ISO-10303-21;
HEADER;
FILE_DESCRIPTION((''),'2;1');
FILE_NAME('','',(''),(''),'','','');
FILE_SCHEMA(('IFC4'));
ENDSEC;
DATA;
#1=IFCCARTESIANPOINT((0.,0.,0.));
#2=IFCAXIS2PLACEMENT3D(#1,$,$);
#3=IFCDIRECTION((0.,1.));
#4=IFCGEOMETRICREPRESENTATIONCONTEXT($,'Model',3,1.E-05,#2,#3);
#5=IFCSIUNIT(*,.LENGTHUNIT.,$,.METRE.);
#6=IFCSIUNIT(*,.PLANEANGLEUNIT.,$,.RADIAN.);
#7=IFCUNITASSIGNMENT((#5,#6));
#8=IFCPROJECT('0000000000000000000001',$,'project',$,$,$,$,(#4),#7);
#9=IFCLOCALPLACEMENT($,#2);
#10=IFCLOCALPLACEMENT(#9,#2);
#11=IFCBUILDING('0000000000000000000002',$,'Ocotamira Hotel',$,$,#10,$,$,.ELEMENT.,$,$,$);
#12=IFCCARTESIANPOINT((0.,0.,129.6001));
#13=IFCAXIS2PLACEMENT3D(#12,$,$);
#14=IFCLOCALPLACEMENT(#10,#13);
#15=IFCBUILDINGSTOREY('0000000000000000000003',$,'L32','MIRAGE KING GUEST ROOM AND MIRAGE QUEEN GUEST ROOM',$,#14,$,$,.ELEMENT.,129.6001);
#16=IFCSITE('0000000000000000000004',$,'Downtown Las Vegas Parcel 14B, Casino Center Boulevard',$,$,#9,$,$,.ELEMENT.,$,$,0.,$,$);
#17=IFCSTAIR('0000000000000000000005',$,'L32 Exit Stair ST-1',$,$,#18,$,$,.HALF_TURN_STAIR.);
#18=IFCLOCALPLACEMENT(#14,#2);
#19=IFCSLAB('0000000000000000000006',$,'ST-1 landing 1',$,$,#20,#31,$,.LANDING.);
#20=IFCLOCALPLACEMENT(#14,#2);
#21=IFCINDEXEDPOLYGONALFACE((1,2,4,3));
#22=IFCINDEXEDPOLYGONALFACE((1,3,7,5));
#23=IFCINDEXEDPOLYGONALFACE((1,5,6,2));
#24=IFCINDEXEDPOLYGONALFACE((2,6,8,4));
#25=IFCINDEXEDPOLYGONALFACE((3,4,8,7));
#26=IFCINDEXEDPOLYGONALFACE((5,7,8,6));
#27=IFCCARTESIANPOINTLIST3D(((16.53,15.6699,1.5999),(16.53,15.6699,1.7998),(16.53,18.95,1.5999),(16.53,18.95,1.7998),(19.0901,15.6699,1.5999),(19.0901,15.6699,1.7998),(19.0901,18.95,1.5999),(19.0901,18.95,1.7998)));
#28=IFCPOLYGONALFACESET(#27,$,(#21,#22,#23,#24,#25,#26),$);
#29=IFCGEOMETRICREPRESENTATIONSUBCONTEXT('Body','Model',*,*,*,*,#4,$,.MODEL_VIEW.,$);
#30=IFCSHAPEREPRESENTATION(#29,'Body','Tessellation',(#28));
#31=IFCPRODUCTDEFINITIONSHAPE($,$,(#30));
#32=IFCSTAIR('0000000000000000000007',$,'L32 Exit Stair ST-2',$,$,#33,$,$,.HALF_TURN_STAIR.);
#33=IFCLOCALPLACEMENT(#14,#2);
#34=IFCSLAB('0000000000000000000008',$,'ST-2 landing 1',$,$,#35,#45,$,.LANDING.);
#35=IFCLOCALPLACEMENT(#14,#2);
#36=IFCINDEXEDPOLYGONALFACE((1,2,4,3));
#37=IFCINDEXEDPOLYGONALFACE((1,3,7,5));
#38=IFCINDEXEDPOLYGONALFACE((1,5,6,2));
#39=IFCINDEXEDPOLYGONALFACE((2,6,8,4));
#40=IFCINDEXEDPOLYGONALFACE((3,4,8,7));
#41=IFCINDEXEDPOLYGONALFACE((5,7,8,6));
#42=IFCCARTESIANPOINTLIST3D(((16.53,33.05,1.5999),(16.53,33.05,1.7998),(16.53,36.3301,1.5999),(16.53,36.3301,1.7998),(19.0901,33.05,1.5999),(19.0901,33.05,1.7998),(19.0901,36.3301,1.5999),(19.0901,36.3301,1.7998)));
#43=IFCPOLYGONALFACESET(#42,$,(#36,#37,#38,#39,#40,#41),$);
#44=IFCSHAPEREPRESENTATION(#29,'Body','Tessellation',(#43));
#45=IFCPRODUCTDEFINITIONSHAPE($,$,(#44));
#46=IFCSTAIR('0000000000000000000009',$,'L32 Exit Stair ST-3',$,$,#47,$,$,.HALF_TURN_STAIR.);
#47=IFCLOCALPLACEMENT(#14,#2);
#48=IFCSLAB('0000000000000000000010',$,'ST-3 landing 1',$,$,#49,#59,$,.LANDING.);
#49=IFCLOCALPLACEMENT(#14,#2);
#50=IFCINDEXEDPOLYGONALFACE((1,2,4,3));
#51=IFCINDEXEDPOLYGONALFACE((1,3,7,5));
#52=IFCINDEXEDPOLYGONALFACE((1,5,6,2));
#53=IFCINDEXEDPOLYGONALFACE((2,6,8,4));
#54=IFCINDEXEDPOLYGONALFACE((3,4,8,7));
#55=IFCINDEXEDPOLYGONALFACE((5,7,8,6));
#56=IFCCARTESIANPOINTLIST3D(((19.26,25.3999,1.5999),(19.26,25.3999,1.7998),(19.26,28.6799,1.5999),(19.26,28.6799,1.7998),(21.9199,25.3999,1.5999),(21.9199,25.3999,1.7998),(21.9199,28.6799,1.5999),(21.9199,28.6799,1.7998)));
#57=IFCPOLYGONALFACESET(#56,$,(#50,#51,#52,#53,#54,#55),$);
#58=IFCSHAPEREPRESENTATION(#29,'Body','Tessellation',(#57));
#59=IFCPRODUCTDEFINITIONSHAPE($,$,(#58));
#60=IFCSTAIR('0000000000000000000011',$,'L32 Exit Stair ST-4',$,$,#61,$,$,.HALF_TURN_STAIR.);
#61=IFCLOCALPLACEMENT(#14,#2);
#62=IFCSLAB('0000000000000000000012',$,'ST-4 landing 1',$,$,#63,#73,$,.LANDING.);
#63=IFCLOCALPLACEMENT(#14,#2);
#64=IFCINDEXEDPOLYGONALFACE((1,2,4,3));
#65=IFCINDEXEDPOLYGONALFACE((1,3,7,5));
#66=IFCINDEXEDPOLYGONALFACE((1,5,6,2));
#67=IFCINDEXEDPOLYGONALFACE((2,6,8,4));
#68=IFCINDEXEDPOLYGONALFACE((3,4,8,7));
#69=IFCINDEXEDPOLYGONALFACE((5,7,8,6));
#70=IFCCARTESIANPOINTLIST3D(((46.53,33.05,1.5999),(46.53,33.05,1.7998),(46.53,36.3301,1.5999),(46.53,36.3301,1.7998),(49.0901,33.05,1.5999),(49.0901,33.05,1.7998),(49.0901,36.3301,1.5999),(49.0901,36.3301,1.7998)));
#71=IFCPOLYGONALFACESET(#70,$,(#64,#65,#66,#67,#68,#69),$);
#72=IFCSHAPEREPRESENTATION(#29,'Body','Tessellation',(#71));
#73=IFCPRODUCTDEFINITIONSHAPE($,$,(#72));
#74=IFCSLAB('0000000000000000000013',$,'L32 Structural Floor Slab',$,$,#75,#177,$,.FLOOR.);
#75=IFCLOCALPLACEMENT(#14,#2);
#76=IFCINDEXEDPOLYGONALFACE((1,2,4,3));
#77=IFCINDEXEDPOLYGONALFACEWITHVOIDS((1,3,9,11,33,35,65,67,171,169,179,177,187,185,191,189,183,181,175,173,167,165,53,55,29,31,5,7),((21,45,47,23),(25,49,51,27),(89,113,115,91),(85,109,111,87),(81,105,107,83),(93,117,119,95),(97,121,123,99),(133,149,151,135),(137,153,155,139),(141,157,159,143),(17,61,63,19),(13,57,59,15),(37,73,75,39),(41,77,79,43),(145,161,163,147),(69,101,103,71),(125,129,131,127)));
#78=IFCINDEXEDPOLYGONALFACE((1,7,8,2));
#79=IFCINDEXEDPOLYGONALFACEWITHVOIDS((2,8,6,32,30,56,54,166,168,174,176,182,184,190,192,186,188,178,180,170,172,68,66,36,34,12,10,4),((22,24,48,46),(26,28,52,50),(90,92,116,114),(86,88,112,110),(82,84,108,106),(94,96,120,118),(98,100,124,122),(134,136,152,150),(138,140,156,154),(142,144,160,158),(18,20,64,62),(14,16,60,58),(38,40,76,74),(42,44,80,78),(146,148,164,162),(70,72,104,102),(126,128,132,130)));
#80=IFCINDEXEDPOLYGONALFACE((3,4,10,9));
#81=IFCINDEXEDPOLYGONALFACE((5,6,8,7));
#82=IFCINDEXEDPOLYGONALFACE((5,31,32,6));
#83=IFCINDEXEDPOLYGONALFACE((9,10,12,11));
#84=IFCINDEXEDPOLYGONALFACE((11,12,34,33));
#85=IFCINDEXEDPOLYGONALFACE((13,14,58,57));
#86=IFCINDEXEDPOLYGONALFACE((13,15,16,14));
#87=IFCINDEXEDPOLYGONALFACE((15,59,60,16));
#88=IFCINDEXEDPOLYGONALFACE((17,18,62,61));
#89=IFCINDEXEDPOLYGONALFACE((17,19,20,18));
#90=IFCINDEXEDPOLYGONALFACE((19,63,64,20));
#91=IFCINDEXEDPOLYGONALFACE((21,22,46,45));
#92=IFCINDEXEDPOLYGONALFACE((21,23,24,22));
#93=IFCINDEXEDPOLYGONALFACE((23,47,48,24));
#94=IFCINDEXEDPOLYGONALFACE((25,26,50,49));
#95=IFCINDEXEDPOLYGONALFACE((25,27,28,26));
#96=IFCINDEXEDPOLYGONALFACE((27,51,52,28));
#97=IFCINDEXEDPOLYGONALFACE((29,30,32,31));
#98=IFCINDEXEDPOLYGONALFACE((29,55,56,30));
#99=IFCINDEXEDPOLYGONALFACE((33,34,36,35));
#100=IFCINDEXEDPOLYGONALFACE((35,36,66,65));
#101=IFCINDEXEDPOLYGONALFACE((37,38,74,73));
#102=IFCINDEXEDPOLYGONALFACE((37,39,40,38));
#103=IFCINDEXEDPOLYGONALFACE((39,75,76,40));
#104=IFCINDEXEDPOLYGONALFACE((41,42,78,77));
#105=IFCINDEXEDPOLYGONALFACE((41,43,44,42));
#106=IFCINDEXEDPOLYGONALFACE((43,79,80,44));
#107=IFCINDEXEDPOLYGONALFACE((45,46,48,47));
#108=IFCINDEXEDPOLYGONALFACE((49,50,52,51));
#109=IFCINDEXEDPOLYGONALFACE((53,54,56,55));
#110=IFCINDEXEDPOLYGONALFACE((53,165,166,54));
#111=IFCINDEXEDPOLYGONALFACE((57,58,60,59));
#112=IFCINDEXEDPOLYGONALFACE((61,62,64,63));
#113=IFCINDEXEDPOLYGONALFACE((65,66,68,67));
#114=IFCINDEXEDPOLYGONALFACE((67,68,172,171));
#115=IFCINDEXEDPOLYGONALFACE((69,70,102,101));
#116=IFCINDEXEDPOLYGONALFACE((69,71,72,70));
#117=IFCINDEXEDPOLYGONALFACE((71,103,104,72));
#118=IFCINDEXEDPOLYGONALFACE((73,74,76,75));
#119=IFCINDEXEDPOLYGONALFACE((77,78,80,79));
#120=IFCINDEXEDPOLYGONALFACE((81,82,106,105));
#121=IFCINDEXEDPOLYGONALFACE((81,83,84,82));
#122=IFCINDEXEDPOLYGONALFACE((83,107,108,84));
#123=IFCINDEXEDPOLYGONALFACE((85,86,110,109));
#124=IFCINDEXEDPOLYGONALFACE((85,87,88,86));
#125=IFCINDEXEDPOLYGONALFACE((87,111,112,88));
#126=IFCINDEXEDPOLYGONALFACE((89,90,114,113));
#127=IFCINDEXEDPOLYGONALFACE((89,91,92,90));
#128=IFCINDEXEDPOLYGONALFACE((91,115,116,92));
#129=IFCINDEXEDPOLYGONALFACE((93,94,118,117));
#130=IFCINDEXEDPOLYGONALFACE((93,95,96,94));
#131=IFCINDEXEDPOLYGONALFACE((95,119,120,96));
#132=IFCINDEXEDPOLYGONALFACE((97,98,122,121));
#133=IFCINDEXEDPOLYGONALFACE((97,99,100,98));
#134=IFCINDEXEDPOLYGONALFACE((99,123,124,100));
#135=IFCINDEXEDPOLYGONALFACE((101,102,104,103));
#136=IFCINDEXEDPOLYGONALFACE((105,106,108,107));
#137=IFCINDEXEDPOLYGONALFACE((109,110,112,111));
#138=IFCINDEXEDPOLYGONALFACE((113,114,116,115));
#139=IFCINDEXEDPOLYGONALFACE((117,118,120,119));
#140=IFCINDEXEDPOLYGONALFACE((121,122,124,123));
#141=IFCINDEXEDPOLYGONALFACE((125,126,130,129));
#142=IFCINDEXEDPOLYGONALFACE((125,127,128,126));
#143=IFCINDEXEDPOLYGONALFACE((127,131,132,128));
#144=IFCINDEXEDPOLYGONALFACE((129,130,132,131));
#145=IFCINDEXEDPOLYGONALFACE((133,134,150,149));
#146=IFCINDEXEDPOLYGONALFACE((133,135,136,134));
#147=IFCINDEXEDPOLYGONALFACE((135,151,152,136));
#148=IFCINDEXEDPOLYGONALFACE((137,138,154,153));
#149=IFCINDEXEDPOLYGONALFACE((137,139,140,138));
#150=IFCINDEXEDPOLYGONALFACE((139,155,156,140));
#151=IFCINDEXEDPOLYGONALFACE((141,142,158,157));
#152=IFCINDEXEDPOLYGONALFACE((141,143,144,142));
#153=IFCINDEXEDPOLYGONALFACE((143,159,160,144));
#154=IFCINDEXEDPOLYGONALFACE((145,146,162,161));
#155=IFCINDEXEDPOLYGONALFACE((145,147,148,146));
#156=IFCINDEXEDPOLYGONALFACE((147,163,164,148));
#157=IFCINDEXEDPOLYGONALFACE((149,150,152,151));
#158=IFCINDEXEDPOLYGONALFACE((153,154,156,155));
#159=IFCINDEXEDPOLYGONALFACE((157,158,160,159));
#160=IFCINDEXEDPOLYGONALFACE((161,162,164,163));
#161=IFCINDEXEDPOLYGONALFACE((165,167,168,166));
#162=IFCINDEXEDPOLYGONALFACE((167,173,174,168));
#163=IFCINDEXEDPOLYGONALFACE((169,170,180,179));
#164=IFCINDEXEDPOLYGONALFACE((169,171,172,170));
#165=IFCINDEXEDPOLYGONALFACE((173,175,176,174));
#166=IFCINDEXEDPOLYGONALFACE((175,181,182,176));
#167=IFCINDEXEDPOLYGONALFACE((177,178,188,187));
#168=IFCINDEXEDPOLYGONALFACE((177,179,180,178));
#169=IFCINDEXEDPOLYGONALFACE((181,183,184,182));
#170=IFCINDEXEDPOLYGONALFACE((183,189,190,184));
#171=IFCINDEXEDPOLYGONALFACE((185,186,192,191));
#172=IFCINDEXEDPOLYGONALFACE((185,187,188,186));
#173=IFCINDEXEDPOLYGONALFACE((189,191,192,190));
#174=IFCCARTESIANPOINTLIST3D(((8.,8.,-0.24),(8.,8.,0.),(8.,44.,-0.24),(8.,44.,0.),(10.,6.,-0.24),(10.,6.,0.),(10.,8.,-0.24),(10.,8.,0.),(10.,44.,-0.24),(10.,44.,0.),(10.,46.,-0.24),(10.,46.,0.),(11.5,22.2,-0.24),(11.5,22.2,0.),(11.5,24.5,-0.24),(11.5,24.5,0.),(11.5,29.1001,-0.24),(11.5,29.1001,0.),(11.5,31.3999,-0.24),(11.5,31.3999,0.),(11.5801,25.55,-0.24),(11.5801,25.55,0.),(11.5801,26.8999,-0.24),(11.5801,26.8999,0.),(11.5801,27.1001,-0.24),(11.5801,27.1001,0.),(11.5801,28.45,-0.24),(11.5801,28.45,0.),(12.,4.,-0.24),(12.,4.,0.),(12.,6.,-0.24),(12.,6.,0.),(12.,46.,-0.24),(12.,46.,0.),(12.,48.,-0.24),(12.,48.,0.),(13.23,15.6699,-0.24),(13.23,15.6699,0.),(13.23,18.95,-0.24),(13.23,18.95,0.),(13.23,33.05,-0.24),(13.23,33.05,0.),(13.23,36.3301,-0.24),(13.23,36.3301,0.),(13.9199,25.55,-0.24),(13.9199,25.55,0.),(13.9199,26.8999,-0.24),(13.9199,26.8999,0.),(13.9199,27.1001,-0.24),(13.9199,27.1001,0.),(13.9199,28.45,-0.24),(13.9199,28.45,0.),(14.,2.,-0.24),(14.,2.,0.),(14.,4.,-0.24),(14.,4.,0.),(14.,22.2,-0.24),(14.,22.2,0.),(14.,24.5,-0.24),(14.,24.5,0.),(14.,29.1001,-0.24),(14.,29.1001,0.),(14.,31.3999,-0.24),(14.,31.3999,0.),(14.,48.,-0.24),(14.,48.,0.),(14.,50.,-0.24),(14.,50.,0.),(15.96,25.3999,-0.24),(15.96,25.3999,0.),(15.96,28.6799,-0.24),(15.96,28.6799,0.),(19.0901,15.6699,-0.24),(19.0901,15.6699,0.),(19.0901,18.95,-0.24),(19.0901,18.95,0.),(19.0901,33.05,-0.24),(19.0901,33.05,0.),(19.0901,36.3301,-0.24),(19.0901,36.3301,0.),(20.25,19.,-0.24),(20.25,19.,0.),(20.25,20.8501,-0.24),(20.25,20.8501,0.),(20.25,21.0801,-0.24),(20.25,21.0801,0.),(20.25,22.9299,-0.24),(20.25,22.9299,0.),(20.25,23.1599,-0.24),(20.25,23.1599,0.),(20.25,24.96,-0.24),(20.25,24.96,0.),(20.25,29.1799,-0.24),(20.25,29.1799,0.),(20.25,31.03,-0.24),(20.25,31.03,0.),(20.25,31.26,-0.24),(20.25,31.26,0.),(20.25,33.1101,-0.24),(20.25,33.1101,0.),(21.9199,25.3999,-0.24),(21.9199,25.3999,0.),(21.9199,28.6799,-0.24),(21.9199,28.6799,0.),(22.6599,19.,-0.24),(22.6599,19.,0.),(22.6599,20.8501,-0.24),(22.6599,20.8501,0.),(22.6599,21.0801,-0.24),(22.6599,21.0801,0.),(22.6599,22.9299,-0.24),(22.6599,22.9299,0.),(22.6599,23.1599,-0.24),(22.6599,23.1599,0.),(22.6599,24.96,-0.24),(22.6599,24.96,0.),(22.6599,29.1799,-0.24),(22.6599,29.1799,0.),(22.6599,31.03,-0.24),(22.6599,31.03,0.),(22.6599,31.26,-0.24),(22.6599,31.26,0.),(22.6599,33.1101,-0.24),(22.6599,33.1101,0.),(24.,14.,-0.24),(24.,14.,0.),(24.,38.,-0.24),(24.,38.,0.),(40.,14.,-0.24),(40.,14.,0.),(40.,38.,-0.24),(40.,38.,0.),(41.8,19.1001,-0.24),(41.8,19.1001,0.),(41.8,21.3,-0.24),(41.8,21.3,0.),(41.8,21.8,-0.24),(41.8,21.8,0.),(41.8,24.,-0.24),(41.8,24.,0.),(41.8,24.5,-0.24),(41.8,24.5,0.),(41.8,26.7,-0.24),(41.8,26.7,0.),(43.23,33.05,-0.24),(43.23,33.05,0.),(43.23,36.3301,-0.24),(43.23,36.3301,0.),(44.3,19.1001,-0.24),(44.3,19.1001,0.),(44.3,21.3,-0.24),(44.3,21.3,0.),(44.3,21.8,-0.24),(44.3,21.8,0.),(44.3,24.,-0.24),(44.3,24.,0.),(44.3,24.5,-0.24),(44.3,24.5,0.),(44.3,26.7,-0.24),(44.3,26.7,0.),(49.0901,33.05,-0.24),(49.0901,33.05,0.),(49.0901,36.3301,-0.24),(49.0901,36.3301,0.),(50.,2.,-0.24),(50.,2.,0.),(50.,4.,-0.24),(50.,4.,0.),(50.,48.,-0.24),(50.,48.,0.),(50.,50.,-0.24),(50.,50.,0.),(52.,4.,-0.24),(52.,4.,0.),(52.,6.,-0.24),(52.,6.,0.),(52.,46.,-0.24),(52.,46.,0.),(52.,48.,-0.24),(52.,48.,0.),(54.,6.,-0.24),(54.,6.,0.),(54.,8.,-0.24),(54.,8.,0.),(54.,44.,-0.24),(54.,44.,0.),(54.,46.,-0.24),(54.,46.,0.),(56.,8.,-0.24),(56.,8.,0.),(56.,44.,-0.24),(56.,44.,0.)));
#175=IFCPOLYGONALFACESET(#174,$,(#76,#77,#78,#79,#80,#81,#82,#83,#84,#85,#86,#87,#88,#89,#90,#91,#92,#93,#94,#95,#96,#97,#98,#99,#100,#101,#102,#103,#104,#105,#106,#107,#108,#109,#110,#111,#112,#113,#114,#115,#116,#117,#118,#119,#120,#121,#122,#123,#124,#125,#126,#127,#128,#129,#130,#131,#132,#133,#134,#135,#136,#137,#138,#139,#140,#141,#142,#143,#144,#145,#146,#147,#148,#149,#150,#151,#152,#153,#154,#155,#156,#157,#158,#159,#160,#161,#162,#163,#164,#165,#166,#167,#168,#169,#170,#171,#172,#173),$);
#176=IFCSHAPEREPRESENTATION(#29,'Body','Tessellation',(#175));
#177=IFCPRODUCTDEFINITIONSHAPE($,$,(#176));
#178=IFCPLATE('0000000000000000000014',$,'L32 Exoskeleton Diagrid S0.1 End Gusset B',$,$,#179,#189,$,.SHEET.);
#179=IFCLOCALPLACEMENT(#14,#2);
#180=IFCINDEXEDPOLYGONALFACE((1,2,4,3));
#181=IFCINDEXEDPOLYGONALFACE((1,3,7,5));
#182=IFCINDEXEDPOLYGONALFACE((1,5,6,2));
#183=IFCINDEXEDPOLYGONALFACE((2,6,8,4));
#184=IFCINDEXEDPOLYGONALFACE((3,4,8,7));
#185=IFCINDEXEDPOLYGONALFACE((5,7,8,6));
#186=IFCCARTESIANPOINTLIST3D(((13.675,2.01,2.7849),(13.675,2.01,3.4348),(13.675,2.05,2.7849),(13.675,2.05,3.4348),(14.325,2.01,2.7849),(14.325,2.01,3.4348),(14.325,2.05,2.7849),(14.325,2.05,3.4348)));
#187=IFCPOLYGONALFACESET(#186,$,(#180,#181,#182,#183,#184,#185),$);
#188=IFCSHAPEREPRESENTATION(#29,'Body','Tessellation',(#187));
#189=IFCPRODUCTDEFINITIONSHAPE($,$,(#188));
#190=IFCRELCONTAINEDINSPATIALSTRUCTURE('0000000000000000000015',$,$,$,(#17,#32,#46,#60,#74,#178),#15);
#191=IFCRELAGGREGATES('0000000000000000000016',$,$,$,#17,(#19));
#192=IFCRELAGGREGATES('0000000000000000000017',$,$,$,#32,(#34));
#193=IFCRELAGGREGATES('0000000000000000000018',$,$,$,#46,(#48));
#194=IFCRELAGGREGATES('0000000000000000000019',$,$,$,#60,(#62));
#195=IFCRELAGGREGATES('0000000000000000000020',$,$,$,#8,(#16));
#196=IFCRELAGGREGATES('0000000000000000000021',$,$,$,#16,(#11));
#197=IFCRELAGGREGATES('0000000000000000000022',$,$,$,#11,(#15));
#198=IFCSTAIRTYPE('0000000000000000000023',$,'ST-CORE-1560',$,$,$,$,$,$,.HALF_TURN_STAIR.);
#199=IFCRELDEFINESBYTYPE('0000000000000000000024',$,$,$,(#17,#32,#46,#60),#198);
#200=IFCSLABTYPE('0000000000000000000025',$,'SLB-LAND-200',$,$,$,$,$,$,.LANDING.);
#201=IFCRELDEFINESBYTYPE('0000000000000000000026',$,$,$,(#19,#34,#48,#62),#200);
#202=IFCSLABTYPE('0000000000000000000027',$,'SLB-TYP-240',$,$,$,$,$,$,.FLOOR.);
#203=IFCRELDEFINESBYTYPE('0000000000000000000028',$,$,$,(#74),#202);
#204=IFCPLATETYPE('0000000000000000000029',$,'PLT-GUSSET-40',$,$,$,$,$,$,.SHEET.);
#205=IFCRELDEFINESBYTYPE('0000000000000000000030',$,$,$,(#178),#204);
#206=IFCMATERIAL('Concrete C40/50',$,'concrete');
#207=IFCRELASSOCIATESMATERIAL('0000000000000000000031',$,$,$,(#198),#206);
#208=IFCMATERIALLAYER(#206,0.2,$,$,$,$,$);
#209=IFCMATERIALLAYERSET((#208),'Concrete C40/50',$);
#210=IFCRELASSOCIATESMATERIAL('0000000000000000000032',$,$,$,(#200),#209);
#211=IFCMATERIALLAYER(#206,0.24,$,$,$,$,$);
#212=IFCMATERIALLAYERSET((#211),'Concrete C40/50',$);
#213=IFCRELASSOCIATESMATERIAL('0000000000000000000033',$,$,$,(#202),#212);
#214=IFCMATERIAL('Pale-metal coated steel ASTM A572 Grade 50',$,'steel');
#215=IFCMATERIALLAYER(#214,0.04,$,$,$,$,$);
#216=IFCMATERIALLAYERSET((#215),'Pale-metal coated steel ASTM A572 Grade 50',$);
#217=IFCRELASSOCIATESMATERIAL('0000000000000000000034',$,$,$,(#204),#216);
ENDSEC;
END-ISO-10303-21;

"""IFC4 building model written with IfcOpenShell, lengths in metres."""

from ifc_helpers import new_model, si_unit, direction, frame, origin, origin_2d, place, context, subcontext, project, spatial, polyline, rectangle, outline, extrude, source, transform, mapped, material, layer, layer_set, type_object, element, aggregate, save


model = new_model("IFC4")

# Units and contexts
model_context = context("Model", 3, precision=1e-05, world=origin(), true_north=direction((0.0, 1.0)))
body_context = subcontext(model_context, "Body", "Model", "MODEL_VIEW")
ifc_project = project(units=[si_unit("LENGTHUNIT", "METRE"), si_unit("PLANEANGLEUNIT", "RADIAN")], contexts=[model_context])

# Site, building, storey
site_placement = place(None, origin())
site = spatial("IfcSite", under=ifc_project, at=site_placement, Name="Downtown Las Vegas Parcel 14B, Casino Center Boulevard", CompositionType="ELEMENT", RefElevation=0.0)
building_placement = place(site_placement, origin())
building = spatial("IfcBuilding", under=site, at=building_placement, Name="Ocotamira Hotel", CompositionType="ELEMENT")
storey_placement = place(building_placement, frame((0.0, 0.0, 129.6001)))
storey = spatial("IfcBuildingStorey", under=building, at=storey_placement, Name="L32", Description="MIRAGE KING GUEST ROOM AND MIRAGE QUEEN GUEST ROOM", CompositionType="ELEMENT", Elevation=129.6001)

# Stairs, slabs
ifc_material_1 = material(Name="Concrete C40/50", Category="concrete")
stair_type = type_object("IfcStairType", Name="ST-CORE-1560", PredefinedType="HALF_TURN_STAIR", material=ifc_material_1)
stair_1_placement = place(storey_placement, origin())
stair_1 = element("IfcStair", 1, at=stair_1_placement, inside=storey, type_object=stair_type, Name="L32 Exit Stair ST-1", PredefinedType="HALF_TURN_STAIR")
ifc_layer_1 = layer(ifc_material_1, 0.2)
ifc_layer_set_1 = layer_set([ifc_layer_1], Name="Concrete C40/50")
slab_type_1 = type_object("IfcSlabType", Name="SLB-LAND-200", PredefinedType="LANDING", material=ifc_layer_set_1)
slab_1_placement = place(storey_placement, frame((0.0, 0.0, 1.5999)))
slab_1 = element("IfcSlab", 2, at=slab_1_placement, type_object=slab_type_1, Name="ST-1 landing 1", PredefinedType="LANDING", context=body_context, shape_type="SweptSolid", body=[
    extrude(outline(polyline([(16.53, 15.6699), (19.0901, 15.6699), (19.0901, 18.95), (16.53, 18.95), (16.53, 15.6699)])), origin(), (0.0, 0.0, 1.0), 0.2),
])
aggregate(stair_1, [slab_1])
stair_2_placement = place(storey_placement, origin())
stair_2 = element("IfcStair", 3, at=stair_2_placement, inside=storey, type_object=stair_type, Name="L32 Exit Stair ST-2", PredefinedType="HALF_TURN_STAIR")
slab_2_placement = place(storey_placement, frame((0.0, 0.0, 1.5999)))
slab_2 = element("IfcSlab", 4, at=slab_2_placement, type_object=slab_type_1, Name="ST-2 landing 1", PredefinedType="LANDING", context=body_context, shape_type="SweptSolid", body=[
    extrude(outline(polyline([(16.53, 33.05), (19.0901, 33.05), (19.0901, 36.3301), (16.53, 36.3301), (16.53, 33.05)])), origin(), (0.0, 0.0, 1.0), 0.2),
])
aggregate(stair_2, [slab_2])
stair_3_placement = place(storey_placement, origin())
stair_3 = element("IfcStair", 5, at=stair_3_placement, inside=storey, type_object=stair_type, Name="L32 Exit Stair ST-3", PredefinedType="HALF_TURN_STAIR")
slab_3_placement = place(storey_placement, frame((0.0, 0.0, 1.5999)))
slab_3 = element("IfcSlab", 6, at=slab_3_placement, type_object=slab_type_1, Name="ST-3 landing 1", PredefinedType="LANDING", context=body_context, shape_type="SweptSolid", body=[
    extrude(outline(polyline([(19.26, 25.3999), (21.9199, 25.3999), (21.9199, 28.6799), (19.26, 28.6799), (19.26, 25.3999)])), origin(), (0.0, 0.0, 1.0), 0.2),
])
aggregate(stair_3, [slab_3])
stair_4_placement = place(storey_placement, origin())
stair_4 = element("IfcStair", 7, at=stair_4_placement, inside=storey, type_object=stair_type, Name="L32 Exit Stair ST-4", PredefinedType="HALF_TURN_STAIR")
slab_4_placement = place(storey_placement, frame((0.0, 0.0, 1.5999)))
slab_4 = element("IfcSlab", 8, at=slab_4_placement, type_object=slab_type_1, Name="ST-4 landing 1", PredefinedType="LANDING", context=body_context, shape_type="SweptSolid", body=[
    extrude(outline(polyline([(46.53, 33.05), (49.0901, 33.05), (49.0901, 36.3301), (46.53, 36.3301), (46.53, 33.05)])), origin(), (0.0, 0.0, 1.0), 0.2),
])
aggregate(stair_4, [slab_4])

# Slab
ifc_layer_2 = layer(ifc_material_1, 0.24)
ifc_layer_set_2 = layer_set([ifc_layer_2], Name="Concrete C40/50")
slab_type_2 = type_object("IfcSlabType", Name="SLB-TYP-240", PredefinedType="FLOOR", material=ifc_layer_set_2)
slab_5_placement = place(storey_placement, frame((0.0, 0.0, -0.24)))
element("IfcSlab", 9, at=slab_5_placement, inside=storey, type_object=slab_type_2, Name="L32 Structural Floor Slab", PredefinedType="FLOOR", context=body_context, shape_type="SweptSolid", body=[
    extrude(outline(polyline([(14.0, 2.0), (50.0, 2.0), (50.0, 4.0), (52.0, 4.0), (52.0, 6.0), (54.0, 6.0), (54.0, 8.0), (56.0, 8.0), (56.0, 44.0), (54.0, 44.0), (54.0, 46.0), (52.0, 46.0), (52.0, 48.0), (50.0, 48.0), (50.0, 50.0), (14.0, 50.0), (14.0, 48.0), (12.0, 48.0), (12.0, 46.0), (10.0, 46.0), (10.0, 44.0), (8.0, 44.0), (8.0, 8.0), (10.0, 8.0), (10.0, 6.0), (12.0, 6.0), (12.0, 4.0), (14.0, 4.0), (14.0, 2.0)]), holes=[polyline([(24.0, 14.0), (40.0, 14.0), (40.0, 38.0), (24.0, 38.0), (24.0, 14.0)]), polyline([(13.23, 15.6699), (19.0901, 15.6699), (19.0901, 18.95), (13.23, 18.95), (13.23, 15.6699)]), polyline([(13.23, 33.05), (19.0901, 33.05), (19.0901, 36.3301), (13.23, 36.3301), (13.23, 33.05)]), polyline([(15.96, 25.3999), (21.9199, 25.3999), (21.9199, 28.6799), (15.96, 28.6799), (15.96, 25.3999)]), polyline([(43.23, 33.05), (49.0901, 33.05), (49.0901, 36.3301), (43.23, 36.3301), (43.23, 33.05)]), polyline([(41.8, 19.1001), (44.3, 19.1001), (44.3, 21.3), (41.8, 21.3), (41.8, 19.1001)]), polyline([(41.8, 21.8), (44.3, 21.8), (44.3, 24.0), (41.8, 24.0), (41.8, 21.8)]), polyline([(41.8, 24.5), (44.3, 24.5), (44.3, 26.7), (41.8, 26.7), (41.8, 24.5)]), polyline([(20.25, 19.0), (22.6599, 19.0), (22.6599, 20.8501), (20.25, 20.8501), (20.25, 19.0)]), polyline([(20.25, 21.0801), (22.6599, 21.0801), (22.6599, 22.9299), (20.25, 22.9299), (20.25, 21.0801)]), polyline([(20.25, 23.1599), (22.6599, 23.1599), (22.6599, 24.96), (20.25, 24.96), (20.25, 23.1599)]), polyline([(20.25, 29.1799), (22.6599, 29.1799), (22.6599, 31.03), (20.25, 31.03), (20.25, 29.1799)]), polyline([(20.25, 31.26), (22.6599, 31.26), (22.6599, 33.1101), (20.25, 33.1101), (20.25, 31.26)]), polyline([(11.5, 22.2), (14.0, 22.2), (14.0, 24.5), (11.5, 24.5), (11.5, 22.2)]), polyline([(11.5, 29.1001), (14.0, 29.1001), (14.0, 31.3999), (11.5, 31.3999), (11.5, 29.1001)]), polyline([(11.5801, 25.55), (13.9199, 25.55), (13.9199, 26.8999), (11.5801, 26.8999), (11.5801, 25.55)]), polyline([(11.5801, 27.1001), (13.9199, 27.1001), (13.9199, 28.45), (11.5801, 28.45), (11.5801, 27.1001)])]), origin(), (0.0, 0.0, 1.0), 0.24),
])

# Plate
ifc_material_2 = material(Name="Pale-metal coated steel ASTM A572 Grade 50", Category="steel")
ifc_layer_3 = layer(ifc_material_2, 0.04)
ifc_layer_set_3 = layer_set([ifc_layer_3], Name="Pale-metal coated steel ASTM A572 Grade 50")
plate_type = type_object("IfcPlateType", Name="PLT-GUSSET-40", PredefinedType="SHEET", material=ifc_layer_set_3)
shared_shape_1 = source(origin(), body_context, "Body", "SweptSolid", [
    extrude(rectangle(XDim=0.6499, YDim=0.04, at=origin_2d()), origin(), (0.0, 0.0, 1.0), 0.6499),
])
plate_placement = place(storey_placement, frame((14.0, 2.03, 2.7849), z_axis=(0.0, 0.0, 1.0), x_axis=(-1.0, 0.0, 0.0)))
element("IfcPlate", 10, at=plate_placement, inside=storey, type_object=plate_type, Name="L32 Exoskeleton Diagrid S0.1 End Gusset B", PredefinedType="SHEET", context=body_context, shape_type="MappedRepresentation", body=[
    mapped(shared_shape_1, transform((0.0, 0.0, 0.0), scale=1.0)),
])

save(model, "model.ifc")
